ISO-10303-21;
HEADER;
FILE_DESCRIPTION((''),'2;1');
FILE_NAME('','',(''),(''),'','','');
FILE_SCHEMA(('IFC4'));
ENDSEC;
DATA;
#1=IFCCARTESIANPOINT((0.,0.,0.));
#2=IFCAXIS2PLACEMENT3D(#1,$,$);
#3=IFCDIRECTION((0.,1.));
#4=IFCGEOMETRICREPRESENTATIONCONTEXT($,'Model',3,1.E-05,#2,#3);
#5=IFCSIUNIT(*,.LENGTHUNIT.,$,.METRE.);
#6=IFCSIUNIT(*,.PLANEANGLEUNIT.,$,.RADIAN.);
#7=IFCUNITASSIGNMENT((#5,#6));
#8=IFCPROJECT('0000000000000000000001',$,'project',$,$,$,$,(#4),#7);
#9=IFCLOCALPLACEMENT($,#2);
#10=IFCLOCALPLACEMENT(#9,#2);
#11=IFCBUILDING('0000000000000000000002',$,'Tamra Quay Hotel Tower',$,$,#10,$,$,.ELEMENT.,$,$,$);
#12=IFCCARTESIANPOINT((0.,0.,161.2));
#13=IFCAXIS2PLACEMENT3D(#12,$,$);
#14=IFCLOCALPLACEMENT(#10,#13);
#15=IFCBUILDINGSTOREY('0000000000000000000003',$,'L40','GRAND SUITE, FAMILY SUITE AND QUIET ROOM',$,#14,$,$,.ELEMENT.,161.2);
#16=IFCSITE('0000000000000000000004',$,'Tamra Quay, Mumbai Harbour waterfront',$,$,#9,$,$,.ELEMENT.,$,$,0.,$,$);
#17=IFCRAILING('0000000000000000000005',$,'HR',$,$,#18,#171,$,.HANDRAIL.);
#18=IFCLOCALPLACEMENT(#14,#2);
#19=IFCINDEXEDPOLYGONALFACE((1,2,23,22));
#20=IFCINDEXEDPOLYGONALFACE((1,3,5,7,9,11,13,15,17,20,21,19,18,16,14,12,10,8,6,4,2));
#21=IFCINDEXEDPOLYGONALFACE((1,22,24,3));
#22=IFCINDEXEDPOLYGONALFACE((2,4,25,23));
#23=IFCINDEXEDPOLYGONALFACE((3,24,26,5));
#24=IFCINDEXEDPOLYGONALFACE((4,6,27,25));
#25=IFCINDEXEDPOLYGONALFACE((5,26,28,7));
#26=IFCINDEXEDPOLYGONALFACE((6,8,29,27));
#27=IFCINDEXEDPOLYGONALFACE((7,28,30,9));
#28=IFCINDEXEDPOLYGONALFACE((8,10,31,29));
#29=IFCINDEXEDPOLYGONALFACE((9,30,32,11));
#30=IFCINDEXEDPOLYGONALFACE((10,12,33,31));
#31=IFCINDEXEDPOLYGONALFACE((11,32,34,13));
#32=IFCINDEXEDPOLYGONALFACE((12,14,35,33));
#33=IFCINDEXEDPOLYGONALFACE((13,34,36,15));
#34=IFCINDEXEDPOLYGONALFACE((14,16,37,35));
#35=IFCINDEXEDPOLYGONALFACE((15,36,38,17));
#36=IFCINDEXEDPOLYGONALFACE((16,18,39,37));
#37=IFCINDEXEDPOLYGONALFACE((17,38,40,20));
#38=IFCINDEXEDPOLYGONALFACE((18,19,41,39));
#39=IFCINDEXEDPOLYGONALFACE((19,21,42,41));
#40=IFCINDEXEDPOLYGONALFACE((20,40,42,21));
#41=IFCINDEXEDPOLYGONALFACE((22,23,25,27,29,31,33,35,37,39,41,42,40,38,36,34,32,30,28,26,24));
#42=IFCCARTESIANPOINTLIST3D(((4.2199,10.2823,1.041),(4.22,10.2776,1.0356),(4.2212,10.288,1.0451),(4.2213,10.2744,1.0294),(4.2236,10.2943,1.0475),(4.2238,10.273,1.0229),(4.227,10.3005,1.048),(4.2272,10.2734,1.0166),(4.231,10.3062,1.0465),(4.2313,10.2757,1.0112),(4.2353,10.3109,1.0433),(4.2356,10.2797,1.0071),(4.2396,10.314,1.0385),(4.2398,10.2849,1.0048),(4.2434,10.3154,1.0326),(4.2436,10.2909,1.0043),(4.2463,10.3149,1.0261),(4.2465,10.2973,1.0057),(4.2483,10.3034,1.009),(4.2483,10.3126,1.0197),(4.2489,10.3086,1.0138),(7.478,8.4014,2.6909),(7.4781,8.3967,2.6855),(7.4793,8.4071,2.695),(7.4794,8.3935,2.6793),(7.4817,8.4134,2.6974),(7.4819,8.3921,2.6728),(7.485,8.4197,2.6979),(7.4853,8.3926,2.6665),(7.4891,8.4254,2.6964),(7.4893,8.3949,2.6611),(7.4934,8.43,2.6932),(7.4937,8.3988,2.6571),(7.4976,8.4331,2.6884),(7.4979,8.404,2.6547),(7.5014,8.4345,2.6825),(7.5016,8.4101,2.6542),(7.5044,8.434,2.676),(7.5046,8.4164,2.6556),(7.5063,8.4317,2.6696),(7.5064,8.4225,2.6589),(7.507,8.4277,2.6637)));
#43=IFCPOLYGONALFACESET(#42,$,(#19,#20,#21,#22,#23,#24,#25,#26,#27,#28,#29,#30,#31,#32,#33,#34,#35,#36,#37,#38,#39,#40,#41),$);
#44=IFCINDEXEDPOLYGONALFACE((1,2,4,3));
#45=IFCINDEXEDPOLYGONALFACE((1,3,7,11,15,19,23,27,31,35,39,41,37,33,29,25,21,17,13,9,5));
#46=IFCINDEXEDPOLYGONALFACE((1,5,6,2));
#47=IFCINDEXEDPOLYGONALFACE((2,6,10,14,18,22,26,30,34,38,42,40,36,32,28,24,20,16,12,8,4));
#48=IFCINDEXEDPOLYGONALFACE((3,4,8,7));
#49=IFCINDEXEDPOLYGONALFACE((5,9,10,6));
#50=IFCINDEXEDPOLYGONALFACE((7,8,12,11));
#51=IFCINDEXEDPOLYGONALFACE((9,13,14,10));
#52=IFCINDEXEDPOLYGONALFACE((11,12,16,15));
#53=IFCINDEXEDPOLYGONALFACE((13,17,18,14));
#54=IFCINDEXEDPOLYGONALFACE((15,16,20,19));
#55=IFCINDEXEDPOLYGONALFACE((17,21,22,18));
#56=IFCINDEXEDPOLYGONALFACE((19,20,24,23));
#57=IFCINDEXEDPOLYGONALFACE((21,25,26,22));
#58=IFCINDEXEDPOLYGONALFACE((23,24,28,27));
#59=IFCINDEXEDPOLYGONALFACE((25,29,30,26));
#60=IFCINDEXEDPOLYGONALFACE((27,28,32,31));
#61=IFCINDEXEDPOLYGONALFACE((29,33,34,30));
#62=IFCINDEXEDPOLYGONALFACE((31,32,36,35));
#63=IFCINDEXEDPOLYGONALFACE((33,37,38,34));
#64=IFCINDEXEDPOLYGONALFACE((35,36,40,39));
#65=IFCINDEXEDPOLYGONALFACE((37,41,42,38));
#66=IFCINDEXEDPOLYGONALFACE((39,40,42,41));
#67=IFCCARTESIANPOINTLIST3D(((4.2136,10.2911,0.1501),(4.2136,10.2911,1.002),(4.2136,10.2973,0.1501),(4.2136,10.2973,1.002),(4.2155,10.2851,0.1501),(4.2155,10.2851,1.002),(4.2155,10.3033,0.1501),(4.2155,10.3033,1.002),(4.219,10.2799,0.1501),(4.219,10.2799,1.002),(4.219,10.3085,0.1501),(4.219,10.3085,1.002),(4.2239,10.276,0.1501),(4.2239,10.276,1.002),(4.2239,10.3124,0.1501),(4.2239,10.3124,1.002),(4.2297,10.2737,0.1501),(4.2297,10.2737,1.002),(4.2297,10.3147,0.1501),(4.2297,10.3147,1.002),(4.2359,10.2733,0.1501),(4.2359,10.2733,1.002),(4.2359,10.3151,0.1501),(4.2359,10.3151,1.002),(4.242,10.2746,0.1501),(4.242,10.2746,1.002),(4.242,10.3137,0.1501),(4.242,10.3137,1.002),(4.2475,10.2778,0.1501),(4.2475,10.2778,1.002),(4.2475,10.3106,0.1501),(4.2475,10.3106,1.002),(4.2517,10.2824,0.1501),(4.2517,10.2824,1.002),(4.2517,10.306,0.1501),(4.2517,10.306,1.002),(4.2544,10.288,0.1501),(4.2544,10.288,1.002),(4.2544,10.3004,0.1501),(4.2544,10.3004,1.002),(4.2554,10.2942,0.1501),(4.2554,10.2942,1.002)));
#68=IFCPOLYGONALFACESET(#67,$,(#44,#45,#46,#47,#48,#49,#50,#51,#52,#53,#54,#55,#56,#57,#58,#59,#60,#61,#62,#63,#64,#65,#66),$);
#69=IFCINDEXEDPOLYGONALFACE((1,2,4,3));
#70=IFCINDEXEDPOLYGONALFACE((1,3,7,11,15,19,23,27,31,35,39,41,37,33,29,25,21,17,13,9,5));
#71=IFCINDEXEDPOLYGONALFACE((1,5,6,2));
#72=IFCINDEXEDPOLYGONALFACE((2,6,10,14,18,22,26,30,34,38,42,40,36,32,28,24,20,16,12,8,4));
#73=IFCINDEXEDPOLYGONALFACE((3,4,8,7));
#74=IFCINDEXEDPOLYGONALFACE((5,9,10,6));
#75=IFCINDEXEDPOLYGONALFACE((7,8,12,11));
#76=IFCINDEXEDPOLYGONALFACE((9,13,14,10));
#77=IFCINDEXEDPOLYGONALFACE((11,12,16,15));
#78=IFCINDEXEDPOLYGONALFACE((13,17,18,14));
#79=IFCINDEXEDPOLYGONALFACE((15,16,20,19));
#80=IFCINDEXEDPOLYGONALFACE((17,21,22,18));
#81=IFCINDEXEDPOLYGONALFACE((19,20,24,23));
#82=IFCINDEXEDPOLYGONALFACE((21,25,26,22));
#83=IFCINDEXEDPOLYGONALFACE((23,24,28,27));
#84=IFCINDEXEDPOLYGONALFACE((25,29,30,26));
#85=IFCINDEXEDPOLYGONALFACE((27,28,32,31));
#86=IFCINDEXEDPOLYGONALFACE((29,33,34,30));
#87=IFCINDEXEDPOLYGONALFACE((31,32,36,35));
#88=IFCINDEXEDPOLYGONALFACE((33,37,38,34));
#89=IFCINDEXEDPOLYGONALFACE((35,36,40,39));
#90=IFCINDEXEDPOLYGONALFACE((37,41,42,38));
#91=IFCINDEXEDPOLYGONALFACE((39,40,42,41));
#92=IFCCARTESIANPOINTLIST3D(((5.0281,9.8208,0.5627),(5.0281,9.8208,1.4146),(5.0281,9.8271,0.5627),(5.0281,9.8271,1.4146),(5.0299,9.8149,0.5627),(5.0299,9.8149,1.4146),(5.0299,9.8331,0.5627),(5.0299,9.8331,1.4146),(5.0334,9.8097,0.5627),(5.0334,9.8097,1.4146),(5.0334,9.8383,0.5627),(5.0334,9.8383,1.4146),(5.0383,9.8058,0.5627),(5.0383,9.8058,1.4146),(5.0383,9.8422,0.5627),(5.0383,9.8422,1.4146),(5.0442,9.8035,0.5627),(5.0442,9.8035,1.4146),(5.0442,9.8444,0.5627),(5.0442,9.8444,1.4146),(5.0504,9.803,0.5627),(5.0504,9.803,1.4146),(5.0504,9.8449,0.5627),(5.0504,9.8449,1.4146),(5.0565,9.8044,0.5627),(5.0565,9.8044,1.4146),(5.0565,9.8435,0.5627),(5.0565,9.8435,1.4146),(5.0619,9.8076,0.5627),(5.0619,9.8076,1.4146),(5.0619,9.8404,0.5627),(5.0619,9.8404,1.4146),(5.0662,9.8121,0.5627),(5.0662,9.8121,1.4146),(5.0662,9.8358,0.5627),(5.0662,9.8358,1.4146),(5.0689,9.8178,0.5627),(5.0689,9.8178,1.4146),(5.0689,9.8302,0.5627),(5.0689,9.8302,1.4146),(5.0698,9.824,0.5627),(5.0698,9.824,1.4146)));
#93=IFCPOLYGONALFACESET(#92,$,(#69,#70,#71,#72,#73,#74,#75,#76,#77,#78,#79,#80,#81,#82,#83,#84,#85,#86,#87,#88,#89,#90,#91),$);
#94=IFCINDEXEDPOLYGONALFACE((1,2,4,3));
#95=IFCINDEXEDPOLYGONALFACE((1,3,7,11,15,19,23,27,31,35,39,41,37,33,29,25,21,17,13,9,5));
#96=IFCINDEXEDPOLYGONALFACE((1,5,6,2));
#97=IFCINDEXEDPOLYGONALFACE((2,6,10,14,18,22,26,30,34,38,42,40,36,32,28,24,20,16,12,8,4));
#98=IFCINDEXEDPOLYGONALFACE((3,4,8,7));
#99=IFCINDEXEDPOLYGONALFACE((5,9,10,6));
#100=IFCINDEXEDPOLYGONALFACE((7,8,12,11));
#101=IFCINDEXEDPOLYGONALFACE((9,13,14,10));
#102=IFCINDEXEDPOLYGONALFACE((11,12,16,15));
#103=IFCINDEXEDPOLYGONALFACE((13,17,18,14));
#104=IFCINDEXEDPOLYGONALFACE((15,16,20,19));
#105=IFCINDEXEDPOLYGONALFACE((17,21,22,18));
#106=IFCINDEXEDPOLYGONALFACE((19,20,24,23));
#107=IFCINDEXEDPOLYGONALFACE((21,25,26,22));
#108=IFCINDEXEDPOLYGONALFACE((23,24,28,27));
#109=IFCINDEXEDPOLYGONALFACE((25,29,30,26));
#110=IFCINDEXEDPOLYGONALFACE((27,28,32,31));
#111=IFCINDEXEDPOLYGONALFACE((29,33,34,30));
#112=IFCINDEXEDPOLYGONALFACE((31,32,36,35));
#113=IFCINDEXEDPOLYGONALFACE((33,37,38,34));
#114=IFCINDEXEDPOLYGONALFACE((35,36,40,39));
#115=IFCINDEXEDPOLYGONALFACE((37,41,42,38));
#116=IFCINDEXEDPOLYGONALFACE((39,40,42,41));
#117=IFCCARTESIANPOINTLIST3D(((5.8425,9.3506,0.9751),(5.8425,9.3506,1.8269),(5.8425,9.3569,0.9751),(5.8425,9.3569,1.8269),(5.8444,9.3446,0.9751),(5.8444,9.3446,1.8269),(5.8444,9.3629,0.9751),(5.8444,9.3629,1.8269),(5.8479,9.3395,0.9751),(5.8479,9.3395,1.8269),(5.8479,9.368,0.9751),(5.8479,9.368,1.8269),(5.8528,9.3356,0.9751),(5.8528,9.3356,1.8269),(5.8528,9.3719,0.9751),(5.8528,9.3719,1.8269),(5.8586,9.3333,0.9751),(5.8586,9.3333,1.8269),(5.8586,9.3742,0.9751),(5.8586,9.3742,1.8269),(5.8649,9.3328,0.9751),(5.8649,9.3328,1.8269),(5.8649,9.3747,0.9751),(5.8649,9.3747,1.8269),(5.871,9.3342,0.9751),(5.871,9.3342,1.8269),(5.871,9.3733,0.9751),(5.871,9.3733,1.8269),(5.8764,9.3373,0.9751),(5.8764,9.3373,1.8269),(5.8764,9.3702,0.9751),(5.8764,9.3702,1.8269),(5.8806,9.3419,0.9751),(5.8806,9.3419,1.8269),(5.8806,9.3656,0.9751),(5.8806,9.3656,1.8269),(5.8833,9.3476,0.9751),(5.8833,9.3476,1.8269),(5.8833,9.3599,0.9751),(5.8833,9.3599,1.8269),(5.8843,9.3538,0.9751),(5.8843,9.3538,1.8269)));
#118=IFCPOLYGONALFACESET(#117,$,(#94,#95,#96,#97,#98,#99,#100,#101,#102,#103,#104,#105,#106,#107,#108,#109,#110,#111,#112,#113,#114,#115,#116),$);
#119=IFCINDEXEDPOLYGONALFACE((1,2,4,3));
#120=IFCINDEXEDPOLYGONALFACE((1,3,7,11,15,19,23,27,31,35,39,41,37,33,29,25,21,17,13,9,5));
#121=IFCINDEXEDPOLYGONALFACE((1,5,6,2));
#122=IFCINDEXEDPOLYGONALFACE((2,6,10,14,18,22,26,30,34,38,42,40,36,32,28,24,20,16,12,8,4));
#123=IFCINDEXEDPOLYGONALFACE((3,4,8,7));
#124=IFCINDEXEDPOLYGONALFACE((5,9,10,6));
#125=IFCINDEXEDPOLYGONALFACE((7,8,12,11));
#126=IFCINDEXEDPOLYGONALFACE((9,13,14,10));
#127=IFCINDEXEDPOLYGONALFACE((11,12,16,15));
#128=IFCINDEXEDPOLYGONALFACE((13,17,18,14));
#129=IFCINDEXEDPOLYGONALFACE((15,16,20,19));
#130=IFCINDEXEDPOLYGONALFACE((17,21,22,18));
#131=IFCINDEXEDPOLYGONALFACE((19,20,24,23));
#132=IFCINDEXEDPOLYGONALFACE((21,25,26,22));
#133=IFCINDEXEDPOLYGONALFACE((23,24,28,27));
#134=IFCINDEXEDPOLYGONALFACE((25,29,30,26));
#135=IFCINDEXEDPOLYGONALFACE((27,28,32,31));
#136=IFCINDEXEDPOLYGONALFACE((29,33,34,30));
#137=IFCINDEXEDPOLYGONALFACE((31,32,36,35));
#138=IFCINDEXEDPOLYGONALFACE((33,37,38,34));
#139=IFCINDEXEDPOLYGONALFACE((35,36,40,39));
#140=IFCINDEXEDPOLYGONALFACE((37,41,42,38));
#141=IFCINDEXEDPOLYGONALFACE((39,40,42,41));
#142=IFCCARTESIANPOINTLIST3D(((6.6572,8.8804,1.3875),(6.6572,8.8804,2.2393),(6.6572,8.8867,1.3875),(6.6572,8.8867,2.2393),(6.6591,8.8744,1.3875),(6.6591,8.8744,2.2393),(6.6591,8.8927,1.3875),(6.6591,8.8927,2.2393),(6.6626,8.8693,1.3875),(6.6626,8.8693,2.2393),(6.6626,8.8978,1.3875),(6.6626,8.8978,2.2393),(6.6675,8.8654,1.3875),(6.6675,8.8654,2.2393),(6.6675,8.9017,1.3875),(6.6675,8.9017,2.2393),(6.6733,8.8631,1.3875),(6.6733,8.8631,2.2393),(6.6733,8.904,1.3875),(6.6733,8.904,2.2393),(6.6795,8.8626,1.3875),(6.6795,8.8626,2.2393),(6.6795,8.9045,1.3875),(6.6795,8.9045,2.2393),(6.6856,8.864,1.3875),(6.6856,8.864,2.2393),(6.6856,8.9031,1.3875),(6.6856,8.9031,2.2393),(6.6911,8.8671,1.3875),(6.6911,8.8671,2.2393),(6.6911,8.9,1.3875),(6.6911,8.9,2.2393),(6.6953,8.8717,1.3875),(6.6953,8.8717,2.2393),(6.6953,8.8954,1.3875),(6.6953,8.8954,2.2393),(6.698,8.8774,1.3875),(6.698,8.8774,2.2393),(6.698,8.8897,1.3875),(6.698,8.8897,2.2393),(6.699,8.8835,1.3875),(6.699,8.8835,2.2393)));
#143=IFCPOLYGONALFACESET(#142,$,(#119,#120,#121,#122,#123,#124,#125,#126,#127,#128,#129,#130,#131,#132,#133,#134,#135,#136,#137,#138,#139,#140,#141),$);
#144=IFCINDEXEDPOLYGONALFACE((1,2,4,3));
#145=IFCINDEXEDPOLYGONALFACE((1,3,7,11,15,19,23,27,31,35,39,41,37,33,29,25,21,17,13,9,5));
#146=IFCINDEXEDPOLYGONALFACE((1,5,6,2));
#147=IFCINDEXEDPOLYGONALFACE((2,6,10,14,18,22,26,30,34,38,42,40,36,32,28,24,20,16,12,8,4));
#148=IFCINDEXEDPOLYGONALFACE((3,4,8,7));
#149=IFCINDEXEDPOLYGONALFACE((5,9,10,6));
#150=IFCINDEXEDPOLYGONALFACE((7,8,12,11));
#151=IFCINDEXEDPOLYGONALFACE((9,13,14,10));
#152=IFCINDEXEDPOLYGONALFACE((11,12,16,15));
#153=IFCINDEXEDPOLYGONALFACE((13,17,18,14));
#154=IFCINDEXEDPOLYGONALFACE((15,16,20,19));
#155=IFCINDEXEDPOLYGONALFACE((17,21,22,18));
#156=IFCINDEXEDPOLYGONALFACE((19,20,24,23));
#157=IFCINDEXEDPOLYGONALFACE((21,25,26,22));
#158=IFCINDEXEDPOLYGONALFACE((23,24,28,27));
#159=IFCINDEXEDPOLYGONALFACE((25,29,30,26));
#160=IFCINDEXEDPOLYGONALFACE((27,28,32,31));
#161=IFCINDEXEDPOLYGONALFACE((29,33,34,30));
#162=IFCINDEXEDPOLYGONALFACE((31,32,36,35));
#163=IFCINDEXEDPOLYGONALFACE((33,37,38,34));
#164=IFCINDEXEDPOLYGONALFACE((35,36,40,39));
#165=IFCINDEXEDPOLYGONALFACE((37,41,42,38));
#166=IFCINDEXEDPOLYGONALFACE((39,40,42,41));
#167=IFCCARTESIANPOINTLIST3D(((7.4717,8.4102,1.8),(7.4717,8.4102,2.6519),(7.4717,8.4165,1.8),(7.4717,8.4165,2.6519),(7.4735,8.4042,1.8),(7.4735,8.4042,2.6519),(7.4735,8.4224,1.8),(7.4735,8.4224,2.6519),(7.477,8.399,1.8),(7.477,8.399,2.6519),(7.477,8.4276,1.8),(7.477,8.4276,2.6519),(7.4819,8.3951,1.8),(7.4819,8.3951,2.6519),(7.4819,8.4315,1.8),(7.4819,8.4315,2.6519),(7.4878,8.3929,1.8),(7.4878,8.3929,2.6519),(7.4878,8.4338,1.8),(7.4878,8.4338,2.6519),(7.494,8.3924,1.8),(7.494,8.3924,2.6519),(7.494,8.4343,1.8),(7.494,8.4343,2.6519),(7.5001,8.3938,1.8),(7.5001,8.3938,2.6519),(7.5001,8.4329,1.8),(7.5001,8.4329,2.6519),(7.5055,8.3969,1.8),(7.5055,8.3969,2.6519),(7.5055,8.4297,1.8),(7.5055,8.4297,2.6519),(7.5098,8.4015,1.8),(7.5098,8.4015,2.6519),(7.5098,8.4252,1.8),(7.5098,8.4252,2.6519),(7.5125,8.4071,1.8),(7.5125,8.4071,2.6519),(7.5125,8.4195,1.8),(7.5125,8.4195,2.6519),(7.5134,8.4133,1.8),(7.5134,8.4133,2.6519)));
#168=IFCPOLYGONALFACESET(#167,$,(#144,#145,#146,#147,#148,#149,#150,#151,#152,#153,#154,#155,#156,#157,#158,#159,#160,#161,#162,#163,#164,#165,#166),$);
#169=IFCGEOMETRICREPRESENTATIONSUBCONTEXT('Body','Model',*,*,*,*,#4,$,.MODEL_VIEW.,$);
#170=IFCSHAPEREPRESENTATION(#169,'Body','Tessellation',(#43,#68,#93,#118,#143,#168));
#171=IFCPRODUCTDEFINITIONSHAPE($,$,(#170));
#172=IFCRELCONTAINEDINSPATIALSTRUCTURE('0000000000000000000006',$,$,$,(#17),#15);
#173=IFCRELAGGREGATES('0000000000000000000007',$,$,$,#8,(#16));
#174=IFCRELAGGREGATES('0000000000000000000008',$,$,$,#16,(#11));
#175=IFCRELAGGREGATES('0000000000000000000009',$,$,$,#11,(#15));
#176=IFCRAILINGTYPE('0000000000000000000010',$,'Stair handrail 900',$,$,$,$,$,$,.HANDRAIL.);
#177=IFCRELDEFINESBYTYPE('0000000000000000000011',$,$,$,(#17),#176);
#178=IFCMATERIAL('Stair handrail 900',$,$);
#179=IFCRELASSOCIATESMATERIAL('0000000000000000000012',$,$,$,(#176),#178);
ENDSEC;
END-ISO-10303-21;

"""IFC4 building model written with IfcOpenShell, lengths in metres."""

from ifc_helpers import new_model, si_unit, direction, frame, origin, origin_2d, place, context, subcontext, project, spatial, circle, extrude, material, type_object, element, save


model = new_model("IFC4")

# Units and contexts
model_context = context("Model", 3, precision=1e-05, world=origin(), true_north=direction((0.0, 1.0)))
body_context = subcontext(model_context, "Body", "Model", "MODEL_VIEW")
ifc_project = project(units=[si_unit("LENGTHUNIT", "METRE"), si_unit("PLANEANGLEUNIT", "RADIAN")], contexts=[model_context])

# Site, building, storey
site_placement = place(None, origin())
site = spatial("IfcSite", under=ifc_project, at=site_placement, Name="Tamra Quay, Mumbai Harbour waterfront", CompositionType="ELEMENT", RefElevation=0.0)
building_placement = place(site_placement, origin())
building = spatial("IfcBuilding", under=site, at=building_placement, Name="Tamra Quay Hotel Tower", CompositionType="ELEMENT")
storey_placement = place(building_placement, frame((0.0, 0.0, 161.2)))
storey = spatial("IfcBuildingStorey", under=building, at=storey_placement, Name="L40", Description="GRAND SUITE, FAMILY SUITE AND QUIET ROOM", CompositionType="ELEMENT", Elevation=161.2)

# Railing
ifc_material_1 = material(Name="Stair handrail 900")
railing_type_1 = type_object("IfcRailingType", Name="Stair handrail 900", PredefinedType="HANDRAIL", material=ifc_material_1)
railing_1_placement = place(storey_placement, frame((4.2344, 10.2942, 0.1501)))
element("IfcRailing", 1, at=railing_1_placement, inside=storey, type_object=railing_type_1, Name="HR", PredefinedType="HANDRAIL", context=body_context, shape_type="SweptSolid", body=[
    extrude(circle(Radius=0.0239, at=origin_2d()), frame((0.0, 0.0, 0.876), z_axis=(0.793122, -0.457865, 0.401642), x_axis=(0.499964, 0.866046, 0.0)), (0.0, 0.0, 1.0), 4.1079),
    extrude(circle(Radius=0.021, at=origin_2d()), origin(), (0.0, 0.0, 1.0), 0.8518),
    extrude(circle(Radius=0.021, at=origin_2d()), frame((0.8145, -0.4702, 0.4126)), (0.0, 0.0, 1.0), 0.8518),
    extrude(circle(Radius=0.021, at=origin_2d()), frame((1.6289, -0.9404, 0.825)), (0.0, 0.0, 1.0), 0.8518),
    extrude(circle(Radius=0.021, at=origin_2d()), frame((2.4436, -1.4106, 1.2373)), (0.0, 0.0, 1.0), 0.8518),
    extrude(circle(Radius=0.021, at=origin_2d()), frame((3.2581, -1.8809, 1.6499)), (0.0, 0.0, 1.0), 0.8518),
])

save(model, "model.ifc")
